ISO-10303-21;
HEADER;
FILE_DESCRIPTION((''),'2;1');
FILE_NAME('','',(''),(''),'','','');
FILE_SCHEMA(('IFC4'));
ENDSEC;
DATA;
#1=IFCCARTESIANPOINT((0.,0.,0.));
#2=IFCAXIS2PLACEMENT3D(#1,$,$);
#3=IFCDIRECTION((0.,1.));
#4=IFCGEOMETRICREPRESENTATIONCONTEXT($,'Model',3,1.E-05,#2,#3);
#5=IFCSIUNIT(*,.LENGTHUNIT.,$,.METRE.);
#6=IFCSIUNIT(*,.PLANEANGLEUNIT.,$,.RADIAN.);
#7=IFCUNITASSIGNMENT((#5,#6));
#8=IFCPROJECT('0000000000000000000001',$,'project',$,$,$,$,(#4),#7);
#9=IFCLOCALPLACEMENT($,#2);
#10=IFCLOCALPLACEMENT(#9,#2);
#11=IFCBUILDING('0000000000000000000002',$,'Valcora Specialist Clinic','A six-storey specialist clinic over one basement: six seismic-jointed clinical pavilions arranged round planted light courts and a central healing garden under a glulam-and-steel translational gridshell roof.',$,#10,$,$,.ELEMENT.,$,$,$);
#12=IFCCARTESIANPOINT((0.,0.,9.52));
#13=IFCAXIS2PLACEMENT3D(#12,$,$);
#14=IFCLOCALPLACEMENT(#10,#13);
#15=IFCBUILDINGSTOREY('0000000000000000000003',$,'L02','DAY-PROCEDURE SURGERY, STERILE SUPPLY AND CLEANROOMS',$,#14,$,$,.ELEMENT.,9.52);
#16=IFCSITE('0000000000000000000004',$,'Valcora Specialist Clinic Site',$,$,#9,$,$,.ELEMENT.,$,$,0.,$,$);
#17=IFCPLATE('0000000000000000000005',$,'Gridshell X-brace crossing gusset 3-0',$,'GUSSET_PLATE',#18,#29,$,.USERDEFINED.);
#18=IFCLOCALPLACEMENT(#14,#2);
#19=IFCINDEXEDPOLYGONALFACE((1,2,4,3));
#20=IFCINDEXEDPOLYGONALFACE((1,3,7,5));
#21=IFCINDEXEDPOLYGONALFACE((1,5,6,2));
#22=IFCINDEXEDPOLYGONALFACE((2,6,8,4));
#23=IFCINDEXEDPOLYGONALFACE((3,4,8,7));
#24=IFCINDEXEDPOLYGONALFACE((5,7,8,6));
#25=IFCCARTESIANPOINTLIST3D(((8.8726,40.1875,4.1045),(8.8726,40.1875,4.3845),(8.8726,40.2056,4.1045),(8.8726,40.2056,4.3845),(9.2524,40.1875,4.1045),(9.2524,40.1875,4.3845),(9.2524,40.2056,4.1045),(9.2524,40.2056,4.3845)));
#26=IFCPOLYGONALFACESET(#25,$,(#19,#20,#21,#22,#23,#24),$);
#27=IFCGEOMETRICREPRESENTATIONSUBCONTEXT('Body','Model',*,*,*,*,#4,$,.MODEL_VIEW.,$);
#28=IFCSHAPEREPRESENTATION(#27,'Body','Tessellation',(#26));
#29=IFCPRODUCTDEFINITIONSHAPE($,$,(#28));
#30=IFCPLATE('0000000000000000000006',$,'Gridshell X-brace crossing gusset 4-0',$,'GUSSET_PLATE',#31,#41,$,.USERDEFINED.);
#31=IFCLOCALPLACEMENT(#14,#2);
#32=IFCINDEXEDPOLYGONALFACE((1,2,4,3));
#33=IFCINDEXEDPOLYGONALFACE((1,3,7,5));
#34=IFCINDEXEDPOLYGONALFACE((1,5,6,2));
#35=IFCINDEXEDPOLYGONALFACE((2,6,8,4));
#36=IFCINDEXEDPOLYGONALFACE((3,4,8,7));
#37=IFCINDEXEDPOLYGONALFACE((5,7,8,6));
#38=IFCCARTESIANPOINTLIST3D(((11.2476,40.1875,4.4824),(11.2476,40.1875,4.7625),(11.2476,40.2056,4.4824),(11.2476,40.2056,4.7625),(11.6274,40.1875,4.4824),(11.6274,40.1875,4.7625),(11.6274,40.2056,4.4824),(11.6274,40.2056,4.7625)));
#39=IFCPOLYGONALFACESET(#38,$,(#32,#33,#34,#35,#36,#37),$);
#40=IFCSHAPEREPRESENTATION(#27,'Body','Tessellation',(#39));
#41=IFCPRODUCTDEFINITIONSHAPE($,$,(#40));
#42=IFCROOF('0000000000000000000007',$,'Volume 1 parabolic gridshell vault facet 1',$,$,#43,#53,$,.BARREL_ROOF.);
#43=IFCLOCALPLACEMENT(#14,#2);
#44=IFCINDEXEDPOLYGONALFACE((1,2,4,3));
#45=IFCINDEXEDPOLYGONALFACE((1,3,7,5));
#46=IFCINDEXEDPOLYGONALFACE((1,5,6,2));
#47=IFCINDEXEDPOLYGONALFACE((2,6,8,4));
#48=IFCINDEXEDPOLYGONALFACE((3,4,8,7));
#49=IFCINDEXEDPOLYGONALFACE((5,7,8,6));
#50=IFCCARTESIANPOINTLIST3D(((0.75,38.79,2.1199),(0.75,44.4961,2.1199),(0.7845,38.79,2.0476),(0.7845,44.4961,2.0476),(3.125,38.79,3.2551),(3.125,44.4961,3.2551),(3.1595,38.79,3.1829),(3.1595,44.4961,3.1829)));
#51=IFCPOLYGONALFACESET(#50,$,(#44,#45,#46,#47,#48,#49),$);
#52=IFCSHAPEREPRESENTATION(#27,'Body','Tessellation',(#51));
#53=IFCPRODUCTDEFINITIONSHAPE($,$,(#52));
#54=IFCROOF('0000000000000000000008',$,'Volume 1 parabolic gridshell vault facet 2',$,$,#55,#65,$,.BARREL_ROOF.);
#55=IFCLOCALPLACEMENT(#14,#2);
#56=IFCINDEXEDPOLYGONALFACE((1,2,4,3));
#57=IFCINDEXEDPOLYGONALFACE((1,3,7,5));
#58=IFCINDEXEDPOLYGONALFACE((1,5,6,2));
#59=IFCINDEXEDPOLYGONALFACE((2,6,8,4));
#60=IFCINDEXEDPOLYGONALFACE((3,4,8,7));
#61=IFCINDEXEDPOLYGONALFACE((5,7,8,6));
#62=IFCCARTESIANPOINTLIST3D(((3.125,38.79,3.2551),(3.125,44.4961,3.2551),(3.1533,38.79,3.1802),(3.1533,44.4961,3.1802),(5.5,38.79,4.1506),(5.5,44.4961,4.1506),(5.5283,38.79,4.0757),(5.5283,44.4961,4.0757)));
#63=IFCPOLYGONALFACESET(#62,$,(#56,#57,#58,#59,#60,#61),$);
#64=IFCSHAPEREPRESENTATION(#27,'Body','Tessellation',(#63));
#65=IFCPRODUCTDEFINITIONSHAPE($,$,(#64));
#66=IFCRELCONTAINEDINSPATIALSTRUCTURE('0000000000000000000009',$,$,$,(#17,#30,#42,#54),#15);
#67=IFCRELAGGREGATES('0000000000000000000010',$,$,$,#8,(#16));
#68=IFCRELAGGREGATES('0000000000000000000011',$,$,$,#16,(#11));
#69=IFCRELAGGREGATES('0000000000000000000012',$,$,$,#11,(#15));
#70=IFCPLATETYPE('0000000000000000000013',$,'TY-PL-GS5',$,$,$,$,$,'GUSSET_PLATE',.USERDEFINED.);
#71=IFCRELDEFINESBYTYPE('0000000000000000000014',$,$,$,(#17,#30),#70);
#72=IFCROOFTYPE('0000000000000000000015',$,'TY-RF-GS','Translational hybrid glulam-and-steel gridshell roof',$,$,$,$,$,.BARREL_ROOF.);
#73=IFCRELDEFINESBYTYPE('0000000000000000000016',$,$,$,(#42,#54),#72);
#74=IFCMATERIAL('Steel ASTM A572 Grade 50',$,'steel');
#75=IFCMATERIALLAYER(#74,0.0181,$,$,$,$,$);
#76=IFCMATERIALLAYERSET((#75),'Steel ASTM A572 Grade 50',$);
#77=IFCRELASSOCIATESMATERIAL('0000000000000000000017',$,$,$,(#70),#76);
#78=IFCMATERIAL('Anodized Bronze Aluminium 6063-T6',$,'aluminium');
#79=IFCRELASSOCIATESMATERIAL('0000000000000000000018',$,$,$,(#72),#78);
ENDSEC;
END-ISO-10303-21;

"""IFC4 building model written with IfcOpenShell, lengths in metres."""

from ifc_helpers import new_model, si_unit, direction, frame, origin, origin_2d, place, context, subcontext, project, spatial, polyline, rectangle, outline, extrude, material, layer, layer_set, type_object, element, save


model = new_model("IFC4")

# Units and contexts
model_context = context("Model", 3, precision=1e-05, world=origin(), true_north=direction((0.0, 1.0)))
body_context = subcontext(model_context, "Body", "Model", "MODEL_VIEW")
ifc_project = project(units=[si_unit("LENGTHUNIT", "METRE"), si_unit("PLANEANGLEUNIT", "RADIAN")], contexts=[model_context])

# Site, building, storey
site_placement = place(None, origin())
site = spatial("IfcSite", under=ifc_project, at=site_placement, Name="Valcora Specialist Clinic Site", CompositionType="ELEMENT", RefElevation=0.0)
building_placement = place(site_placement, origin())
building = spatial("IfcBuilding", under=site, at=building_placement, Name="Valcora Specialist Clinic", Description="A six-storey specialist clinic over one basement: six seismic-jointed clinical pavilions arranged round planted light courts and a central healing garden under a glulam-and-steel translational gridshell roof.", CompositionType="ELEMENT")
storey_placement = place(building_placement, frame((0.0, 0.0, 9.52)))
storey = spatial("IfcBuildingStorey", under=building, at=storey_placement, Name="L02", Description="DAY-PROCEDURE SURGERY, STERILE SUPPLY AND CLEANROOMS", CompositionType="ELEMENT", Elevation=9.52)

# Plates
ifc_material_1 = material(Name="Steel ASTM A572 Grade 50", Category="steel")
ifc_layer = layer(ifc_material_1, 0.0181)
ifc_layer_set = layer_set([ifc_layer], Name="Steel ASTM A572 Grade 50")
plate_type = type_object("IfcPlateType", Name="TY-PL-GS5", ElementType="GUSSET_PLATE", PredefinedType="USERDEFINED", material=ifc_layer_set)
for number, where, z_axis, x_axis, name in (
    (1, (9.0625, 40.1965, 4.1045), (0.0, 0.0, 1.0), (1.0, 0.0, 0.0), "Gridshell X-brace crossing gusset 3-0"),
    (2, (11.4375, 40.1965, 4.4824), (0.0, 0.0, 1.0), (1.0, 0.0, 0.0), "Gridshell X-brace crossing gusset 4-0"),
):
    element("IfcPlate", number, at=place(storey_placement, frame(where, z_axis=z_axis, x_axis=x_axis)), inside=storey, type_object=plate_type, Name=name, ObjectType="GUSSET_PLATE", PredefinedType="USERDEFINED", context=body_context, shape_type="SweptSolid", body=[
        extrude(rectangle(XDim=0.3799, YDim=0.0181, at=origin_2d()), origin(), (0.0, 0.0, 1.0), 0.28),
    ])

# Roofs
ifc_material_2 = material(Name="Anodized Bronze Aluminium 6063-T6", Category="aluminium")
roof_type = type_object("IfcRoofType", Name="TY-RF-GS", Description="Translational hybrid glulam-and-steel gridshell roof", PredefinedType="BARREL_ROOF", material=ifc_material_2)
roof_1_placement = place(storey_placement, frame((0.75, 38.79, 2.1199), z_axis=(-0.431265, 0.0, 0.902225), x_axis=(0.902225, 0.0, 0.431265)))
element("IfcRoof", 3, at=roof_1_placement, inside=storey, type_object=roof_type, Name="Volume 1 parabolic gridshell vault facet 1", PredefinedType="BARREL_ROOF", context=body_context, shape_type="SweptSolid", body=[
    extrude(outline(polyline([(0.0, 0.0), (2.6324, 0.0), (2.6324, 5.7061), (0.0, 5.7061), (0.0, 0.0)])), origin(), (0.0, 0.0, -1.0), 0.0801),
])
roof_2_placement = place(storey_placement, frame((3.125, 38.79, 3.2551), z_axis=(-0.352809, 0.0, 0.935695), x_axis=(0.935695, 0.0, 0.352809)))
element("IfcRoof", 4, at=roof_2_placement, inside=storey, type_object=roof_type, Name="Volume 1 parabolic gridshell vault facet 2", PredefinedType="BARREL_ROOF", context=body_context, shape_type="SweptSolid", body=[
    extrude(outline(polyline([(0.0, 0.0), (2.5382, 0.0), (2.5382, 5.7061), (0.0, 5.7061), (0.0, 0.0)])), origin(), (0.0, 0.0, -1.0), 0.0801),
])

save(model, "model.ifc")
